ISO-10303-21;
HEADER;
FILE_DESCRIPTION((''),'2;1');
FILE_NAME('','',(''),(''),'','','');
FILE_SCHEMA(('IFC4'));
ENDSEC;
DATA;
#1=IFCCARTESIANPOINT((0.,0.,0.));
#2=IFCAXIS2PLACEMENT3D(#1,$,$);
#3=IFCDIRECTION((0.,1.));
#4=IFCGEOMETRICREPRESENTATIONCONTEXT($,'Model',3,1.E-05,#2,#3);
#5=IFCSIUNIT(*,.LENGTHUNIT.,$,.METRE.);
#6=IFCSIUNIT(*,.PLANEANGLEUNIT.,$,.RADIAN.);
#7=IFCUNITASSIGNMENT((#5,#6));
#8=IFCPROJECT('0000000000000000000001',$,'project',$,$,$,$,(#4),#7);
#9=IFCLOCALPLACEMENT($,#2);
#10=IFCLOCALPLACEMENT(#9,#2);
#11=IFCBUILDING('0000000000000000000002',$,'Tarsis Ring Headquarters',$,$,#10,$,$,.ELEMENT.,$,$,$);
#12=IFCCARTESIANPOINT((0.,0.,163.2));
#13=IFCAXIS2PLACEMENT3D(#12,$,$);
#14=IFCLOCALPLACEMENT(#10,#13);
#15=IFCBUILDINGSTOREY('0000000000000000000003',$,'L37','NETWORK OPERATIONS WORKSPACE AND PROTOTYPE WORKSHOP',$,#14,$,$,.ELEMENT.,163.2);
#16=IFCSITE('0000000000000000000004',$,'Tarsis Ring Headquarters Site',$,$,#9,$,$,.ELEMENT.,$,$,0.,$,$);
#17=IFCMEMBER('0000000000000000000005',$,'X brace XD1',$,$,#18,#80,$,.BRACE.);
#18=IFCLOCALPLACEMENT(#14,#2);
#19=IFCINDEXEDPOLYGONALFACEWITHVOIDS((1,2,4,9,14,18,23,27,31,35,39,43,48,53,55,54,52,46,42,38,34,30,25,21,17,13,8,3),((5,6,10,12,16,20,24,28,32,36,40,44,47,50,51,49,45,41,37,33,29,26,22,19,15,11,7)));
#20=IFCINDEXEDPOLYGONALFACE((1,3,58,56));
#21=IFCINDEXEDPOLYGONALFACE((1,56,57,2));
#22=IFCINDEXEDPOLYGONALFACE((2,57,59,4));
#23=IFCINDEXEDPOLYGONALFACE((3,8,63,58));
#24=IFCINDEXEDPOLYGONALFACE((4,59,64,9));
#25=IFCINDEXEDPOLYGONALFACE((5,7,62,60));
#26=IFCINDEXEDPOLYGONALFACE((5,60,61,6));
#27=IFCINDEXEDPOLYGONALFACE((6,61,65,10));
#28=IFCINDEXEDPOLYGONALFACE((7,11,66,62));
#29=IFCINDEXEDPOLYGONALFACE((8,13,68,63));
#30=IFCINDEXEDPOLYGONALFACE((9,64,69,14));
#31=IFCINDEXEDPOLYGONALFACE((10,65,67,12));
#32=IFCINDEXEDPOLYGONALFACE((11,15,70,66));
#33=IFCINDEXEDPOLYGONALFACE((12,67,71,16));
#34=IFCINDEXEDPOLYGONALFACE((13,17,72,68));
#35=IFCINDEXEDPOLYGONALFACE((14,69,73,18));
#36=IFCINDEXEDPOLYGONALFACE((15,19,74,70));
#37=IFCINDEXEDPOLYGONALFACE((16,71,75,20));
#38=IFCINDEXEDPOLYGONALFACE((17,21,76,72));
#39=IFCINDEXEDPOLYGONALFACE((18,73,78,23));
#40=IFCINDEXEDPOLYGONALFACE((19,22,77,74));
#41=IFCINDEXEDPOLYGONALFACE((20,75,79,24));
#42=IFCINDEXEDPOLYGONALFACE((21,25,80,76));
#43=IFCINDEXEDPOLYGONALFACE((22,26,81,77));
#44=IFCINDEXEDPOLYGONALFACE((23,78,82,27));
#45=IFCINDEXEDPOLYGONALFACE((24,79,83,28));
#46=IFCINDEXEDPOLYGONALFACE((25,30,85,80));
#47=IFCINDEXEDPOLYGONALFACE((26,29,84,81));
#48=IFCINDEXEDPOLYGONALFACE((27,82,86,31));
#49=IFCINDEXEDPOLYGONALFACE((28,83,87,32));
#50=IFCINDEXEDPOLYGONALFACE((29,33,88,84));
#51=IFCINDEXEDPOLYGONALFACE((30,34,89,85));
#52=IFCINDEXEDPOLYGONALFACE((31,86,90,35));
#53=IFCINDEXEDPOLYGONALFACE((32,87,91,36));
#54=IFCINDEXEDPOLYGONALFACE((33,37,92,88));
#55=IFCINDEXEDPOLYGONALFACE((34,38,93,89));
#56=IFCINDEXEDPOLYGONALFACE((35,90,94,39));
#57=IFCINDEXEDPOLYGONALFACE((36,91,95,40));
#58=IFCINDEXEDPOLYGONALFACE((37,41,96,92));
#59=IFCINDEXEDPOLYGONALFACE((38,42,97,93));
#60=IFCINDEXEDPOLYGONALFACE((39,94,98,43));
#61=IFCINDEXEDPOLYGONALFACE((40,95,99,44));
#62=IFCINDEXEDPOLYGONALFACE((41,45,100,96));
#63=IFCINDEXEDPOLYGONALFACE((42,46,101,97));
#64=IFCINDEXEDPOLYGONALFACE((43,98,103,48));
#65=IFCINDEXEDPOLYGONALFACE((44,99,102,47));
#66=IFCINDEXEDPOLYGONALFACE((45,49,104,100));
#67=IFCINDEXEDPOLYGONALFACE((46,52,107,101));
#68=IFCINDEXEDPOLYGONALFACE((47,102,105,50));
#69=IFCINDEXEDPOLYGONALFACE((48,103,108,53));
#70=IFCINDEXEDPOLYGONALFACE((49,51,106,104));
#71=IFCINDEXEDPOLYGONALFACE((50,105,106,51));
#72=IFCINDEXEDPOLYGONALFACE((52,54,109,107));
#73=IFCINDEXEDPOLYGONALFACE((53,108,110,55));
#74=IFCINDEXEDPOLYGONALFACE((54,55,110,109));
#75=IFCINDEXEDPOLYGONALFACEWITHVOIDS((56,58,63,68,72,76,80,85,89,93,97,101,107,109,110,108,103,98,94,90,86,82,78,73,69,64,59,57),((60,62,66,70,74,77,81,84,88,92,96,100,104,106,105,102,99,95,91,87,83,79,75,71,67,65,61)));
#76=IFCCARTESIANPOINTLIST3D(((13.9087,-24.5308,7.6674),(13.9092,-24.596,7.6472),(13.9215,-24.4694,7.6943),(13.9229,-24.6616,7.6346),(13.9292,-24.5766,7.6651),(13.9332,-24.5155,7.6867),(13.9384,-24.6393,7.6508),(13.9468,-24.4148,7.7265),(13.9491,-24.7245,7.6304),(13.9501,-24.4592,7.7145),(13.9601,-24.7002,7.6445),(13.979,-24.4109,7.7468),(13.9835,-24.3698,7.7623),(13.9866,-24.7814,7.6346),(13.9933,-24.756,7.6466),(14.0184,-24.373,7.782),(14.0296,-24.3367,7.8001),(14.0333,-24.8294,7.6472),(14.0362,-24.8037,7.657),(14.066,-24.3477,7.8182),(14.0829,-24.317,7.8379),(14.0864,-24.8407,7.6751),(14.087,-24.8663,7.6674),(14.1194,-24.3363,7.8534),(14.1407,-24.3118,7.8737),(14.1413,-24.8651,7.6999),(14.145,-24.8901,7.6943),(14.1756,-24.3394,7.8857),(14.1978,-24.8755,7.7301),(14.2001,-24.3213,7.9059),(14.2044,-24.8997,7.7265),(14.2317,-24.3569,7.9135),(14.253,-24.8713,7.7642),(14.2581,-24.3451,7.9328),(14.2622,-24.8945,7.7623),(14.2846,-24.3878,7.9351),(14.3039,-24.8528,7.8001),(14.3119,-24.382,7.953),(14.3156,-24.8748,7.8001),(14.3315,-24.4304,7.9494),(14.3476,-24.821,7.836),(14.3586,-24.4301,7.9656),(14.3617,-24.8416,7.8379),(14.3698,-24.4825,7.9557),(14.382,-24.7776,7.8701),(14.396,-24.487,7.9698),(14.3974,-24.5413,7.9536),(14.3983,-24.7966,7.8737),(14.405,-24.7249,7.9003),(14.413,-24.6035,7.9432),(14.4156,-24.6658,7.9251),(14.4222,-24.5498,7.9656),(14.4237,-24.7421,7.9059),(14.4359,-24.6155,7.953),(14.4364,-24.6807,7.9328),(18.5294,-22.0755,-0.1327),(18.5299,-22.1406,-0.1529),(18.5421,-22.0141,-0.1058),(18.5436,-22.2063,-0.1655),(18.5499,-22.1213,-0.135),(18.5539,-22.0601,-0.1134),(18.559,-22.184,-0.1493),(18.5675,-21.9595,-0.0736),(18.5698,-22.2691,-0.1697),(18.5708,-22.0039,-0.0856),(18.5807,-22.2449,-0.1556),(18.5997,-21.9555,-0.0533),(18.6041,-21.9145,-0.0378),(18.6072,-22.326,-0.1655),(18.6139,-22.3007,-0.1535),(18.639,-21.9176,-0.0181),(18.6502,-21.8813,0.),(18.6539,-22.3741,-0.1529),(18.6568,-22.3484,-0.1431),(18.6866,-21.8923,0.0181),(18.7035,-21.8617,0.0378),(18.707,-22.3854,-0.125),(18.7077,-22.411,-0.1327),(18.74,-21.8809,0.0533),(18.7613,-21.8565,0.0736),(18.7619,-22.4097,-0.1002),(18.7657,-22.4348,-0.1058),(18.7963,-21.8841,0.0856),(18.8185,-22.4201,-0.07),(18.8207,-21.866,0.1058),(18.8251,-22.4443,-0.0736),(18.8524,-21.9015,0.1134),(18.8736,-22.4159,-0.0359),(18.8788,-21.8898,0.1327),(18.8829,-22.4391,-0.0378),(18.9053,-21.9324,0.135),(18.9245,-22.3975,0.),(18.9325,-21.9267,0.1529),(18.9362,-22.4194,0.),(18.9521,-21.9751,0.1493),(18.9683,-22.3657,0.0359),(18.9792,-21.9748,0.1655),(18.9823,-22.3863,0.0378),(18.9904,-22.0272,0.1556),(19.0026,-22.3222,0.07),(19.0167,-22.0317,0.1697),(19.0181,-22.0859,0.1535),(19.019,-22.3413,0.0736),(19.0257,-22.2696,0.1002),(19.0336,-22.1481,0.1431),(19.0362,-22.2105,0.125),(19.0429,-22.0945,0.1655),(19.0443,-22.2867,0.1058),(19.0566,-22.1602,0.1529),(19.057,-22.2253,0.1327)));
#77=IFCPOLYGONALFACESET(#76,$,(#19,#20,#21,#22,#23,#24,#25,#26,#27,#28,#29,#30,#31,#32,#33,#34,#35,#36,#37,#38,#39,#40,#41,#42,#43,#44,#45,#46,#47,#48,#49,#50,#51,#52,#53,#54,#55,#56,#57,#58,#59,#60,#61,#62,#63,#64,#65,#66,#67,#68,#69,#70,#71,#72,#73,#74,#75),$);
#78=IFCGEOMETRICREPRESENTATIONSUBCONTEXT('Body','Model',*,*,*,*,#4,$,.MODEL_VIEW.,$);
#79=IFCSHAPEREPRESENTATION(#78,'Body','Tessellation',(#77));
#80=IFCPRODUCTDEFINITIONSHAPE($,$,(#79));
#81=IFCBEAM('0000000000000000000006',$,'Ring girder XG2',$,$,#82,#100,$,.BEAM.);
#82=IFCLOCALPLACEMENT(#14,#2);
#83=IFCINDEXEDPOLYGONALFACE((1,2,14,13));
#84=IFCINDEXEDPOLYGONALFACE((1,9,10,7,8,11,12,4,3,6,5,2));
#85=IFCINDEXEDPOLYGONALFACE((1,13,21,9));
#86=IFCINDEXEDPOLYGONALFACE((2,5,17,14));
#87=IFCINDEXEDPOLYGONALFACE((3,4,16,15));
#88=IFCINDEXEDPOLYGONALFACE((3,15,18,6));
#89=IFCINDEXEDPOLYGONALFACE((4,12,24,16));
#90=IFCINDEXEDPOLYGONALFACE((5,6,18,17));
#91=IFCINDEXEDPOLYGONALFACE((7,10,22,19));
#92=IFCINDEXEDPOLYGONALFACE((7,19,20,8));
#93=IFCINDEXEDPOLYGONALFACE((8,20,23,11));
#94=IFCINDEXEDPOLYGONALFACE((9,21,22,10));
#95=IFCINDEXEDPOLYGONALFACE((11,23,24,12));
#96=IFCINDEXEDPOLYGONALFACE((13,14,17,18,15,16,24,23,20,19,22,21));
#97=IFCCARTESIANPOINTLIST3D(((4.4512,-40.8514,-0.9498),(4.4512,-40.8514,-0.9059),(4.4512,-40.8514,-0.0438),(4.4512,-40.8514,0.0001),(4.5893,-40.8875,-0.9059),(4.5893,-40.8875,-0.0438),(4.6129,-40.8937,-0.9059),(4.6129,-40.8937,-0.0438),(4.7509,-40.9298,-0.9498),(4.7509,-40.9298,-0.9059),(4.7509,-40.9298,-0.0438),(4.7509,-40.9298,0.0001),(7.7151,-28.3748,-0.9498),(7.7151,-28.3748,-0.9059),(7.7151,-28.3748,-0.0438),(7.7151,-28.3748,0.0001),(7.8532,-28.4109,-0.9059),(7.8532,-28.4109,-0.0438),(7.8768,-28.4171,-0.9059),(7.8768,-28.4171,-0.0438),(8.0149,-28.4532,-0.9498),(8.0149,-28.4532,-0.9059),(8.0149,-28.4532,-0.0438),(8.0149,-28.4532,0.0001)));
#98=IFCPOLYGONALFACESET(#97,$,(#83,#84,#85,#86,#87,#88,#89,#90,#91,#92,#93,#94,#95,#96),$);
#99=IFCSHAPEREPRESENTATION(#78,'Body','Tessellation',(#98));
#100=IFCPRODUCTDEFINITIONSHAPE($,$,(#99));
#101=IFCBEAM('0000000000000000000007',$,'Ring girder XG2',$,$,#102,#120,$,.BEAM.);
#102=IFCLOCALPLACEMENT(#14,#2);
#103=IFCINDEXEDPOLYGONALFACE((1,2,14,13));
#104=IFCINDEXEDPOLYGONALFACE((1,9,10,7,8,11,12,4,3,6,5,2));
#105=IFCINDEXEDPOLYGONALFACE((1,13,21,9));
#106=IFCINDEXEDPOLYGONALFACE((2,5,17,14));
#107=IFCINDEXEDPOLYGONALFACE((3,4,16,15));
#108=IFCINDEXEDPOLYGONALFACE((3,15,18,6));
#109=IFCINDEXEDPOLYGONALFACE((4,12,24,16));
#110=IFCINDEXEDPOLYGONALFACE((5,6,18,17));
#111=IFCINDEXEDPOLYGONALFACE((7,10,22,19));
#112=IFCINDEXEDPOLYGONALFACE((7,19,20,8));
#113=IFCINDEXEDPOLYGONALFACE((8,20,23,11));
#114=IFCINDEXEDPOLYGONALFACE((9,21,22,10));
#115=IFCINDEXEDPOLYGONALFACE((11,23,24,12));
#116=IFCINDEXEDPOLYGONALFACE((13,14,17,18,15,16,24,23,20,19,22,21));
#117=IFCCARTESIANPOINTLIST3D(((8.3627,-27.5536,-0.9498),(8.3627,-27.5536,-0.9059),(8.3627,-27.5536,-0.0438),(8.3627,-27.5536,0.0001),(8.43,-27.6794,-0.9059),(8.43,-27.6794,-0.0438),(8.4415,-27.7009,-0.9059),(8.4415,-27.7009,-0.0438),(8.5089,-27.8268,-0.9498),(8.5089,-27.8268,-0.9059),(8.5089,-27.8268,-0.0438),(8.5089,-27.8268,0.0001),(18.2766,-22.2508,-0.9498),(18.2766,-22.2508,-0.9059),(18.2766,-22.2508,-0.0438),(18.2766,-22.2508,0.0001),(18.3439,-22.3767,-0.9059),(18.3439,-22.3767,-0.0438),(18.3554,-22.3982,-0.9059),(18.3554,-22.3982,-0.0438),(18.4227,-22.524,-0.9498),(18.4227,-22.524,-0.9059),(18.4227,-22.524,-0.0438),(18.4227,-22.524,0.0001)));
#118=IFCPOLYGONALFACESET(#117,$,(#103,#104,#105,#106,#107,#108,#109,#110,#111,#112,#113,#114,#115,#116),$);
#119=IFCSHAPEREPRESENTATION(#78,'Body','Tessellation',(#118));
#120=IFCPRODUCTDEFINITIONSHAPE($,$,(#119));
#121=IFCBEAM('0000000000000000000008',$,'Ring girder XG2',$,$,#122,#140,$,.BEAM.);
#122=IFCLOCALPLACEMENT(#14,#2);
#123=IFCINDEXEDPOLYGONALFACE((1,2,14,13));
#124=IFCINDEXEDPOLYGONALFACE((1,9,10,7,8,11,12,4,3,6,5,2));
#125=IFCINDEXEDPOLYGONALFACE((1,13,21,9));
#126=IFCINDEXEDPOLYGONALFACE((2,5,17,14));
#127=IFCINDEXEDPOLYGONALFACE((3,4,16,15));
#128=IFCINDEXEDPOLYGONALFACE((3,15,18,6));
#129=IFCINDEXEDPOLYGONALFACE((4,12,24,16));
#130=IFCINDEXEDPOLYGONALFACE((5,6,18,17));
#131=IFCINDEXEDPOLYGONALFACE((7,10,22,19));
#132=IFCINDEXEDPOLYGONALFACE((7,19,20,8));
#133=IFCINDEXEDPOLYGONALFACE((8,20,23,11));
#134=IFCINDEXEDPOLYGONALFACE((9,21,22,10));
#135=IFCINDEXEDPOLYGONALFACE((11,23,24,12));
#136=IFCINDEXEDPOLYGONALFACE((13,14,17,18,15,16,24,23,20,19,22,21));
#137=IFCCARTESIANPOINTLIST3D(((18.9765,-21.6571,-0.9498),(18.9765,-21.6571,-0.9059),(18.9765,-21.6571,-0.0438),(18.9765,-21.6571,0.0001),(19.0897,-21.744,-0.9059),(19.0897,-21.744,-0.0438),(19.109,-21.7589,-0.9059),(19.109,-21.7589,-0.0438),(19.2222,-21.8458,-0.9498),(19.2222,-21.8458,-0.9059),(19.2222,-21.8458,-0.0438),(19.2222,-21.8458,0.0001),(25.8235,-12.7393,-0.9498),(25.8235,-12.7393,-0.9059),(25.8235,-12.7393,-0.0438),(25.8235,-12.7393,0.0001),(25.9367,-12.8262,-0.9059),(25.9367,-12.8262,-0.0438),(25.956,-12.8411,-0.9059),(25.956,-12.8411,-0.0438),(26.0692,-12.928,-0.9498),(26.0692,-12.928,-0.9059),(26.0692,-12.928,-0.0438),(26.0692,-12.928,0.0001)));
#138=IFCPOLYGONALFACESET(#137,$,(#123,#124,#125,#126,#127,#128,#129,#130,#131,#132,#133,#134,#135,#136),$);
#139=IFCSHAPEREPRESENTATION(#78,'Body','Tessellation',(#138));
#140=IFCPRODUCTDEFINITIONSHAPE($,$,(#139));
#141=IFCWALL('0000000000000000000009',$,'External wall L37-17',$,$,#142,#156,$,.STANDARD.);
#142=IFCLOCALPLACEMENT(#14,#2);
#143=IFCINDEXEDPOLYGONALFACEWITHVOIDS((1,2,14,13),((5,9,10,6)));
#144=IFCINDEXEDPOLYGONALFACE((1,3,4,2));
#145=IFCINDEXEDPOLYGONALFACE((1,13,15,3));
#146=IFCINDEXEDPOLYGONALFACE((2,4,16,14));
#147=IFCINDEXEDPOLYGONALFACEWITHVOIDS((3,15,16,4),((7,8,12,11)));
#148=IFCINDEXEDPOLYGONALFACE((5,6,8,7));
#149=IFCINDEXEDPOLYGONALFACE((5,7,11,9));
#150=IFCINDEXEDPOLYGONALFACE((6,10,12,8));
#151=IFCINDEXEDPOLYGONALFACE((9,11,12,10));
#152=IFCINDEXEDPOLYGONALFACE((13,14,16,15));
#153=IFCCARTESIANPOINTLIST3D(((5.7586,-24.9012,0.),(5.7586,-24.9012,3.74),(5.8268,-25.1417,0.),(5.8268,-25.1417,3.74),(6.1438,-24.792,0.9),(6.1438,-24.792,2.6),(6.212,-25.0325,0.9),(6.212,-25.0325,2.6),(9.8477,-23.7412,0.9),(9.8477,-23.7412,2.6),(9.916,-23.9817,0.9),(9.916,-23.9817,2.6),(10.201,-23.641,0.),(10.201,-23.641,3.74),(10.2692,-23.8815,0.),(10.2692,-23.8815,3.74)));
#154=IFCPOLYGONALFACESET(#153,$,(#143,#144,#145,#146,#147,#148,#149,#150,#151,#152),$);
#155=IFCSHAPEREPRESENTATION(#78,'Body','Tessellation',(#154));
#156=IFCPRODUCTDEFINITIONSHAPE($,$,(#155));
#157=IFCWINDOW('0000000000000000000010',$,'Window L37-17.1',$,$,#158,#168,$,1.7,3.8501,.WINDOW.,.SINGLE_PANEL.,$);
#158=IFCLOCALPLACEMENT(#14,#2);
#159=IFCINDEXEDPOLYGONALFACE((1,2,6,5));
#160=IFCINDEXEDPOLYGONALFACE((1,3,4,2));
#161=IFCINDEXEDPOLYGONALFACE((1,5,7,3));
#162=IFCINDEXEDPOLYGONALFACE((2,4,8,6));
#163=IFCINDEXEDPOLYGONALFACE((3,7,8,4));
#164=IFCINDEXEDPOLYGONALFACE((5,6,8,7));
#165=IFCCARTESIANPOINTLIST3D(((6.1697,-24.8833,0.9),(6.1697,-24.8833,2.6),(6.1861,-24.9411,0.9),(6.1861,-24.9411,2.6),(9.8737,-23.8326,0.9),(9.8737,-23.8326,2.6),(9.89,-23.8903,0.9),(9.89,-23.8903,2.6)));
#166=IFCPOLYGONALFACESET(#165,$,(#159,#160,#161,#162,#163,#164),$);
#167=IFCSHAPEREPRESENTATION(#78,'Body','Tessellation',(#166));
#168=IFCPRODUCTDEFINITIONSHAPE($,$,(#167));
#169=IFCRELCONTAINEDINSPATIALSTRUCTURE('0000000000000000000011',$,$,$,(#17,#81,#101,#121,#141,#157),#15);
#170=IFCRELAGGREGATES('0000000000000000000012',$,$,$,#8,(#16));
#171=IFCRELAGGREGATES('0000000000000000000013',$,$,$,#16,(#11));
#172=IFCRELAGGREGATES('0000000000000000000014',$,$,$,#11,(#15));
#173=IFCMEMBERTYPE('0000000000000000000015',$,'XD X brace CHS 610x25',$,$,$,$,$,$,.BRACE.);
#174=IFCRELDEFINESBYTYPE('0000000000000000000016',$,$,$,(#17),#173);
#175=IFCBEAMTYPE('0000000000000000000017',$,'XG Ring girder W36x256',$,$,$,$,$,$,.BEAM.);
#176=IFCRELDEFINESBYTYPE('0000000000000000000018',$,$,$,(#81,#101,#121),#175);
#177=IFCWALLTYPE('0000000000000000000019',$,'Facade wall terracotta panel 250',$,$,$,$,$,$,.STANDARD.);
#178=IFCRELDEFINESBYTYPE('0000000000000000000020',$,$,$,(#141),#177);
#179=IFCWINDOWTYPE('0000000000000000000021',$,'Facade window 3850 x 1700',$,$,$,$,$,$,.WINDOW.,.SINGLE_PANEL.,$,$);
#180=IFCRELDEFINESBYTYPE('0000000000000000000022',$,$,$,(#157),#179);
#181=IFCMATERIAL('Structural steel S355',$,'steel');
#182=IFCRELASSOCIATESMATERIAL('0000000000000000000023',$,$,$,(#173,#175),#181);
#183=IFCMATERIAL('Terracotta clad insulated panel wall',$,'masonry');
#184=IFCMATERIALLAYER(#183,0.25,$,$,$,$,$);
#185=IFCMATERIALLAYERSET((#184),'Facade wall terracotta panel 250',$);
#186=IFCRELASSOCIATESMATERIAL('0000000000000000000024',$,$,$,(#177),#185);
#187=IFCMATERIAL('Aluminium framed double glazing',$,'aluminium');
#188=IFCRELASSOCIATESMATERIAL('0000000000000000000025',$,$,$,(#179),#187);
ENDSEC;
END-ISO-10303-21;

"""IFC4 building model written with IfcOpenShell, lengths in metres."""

from ifc_helpers import new_model, si_unit, direction, frame, frame_2d, origin, origin_2d, place, context, subcontext, project, spatial, rectangle, hollow_circle, i_section, extrude, material, layer, layer_set, material_profile, profile_set, type_object, element, fill, save


model = new_model("IFC4")

# Units and contexts
model_context = context("Model", 3, precision=1e-05, world=origin(), true_north=direction((0.0, 1.0)))
body_context = subcontext(model_context, "Body", "Model", "MODEL_VIEW")
ifc_project = project(units=[si_unit("LENGTHUNIT", "METRE"), si_unit("PLANEANGLEUNIT", "RADIAN")], contexts=[model_context])

# Site, building, storey
site_placement = place(None, origin())
site = spatial("IfcSite", under=ifc_project, at=site_placement, Name="Tarsis Ring Headquarters Site", CompositionType="ELEMENT", RefElevation=0.0)
building_placement = place(site_placement, origin())
building = spatial("IfcBuilding", under=site, at=building_placement, Name="Tarsis Ring Headquarters", CompositionType="ELEMENT")
storey_placement = place(building_placement, frame((0.0, 0.0, 163.2)))
storey = spatial("IfcBuildingStorey", under=building, at=storey_placement, Name="L37", Description="NETWORK OPERATIONS WORKSPACE AND PROTOTYPE WORKSHOP", CompositionType="ELEMENT", Elevation=163.2)

# Shared definitions
ifc_material_1 = material(Name="Structural steel S355", Category="steel")

# Member
ifc_material_profile_1 = material_profile(ifc_material_1, hollow_circle(Radius=0.3047, WallThickness=0.0249, at=origin_2d()), Name="CHS 610x25")
ifc_profile_set_1 = profile_set([ifc_material_profile_1], Name="Structural steel S355")
member_type = type_object("IfcMemberType", Name="XD X brace CHS 610x25", PredefinedType="BRACE", material=ifc_profile_set_1)
member_1_placement = place(storey_placement, frame((18.7932, -22.1504, 0.0), z_axis=(-0.491945, -0.261413, 0.830454), x_axis=(0.469248, -0.883066, 0.0)))
element("IfcMember", 1, at=member_1_placement, inside=storey, type_object=member_type, Name="X brace XD1", PredefinedType="BRACE", context=body_context, shape_type="SweptSolid", body=[
    extrude(hollow_circle(Radius=0.3047, WallThickness=0.0249, at=origin_2d()), origin(), (0.0, 0.0, 1.0), 9.3926),
])

# Beams
ifc_material_profile_2 = material_profile(ifc_material_1, i_section(OverallWidth=0.3098, OverallDepth=0.95, WebThickness=0.0244, FlangeThickness=0.0439, at=origin_2d()), Name="W36x256")
ifc_profile_set_2 = profile_set([ifc_material_profile_2], Name="Structural steel S355")
beam_type = type_object("IfcBeamType", Name="XG Ring girder W36x256", PredefinedType="BEAM", material=ifc_profile_set_2)
beam_1_placement = place(storey_placement, frame((4.6011, -40.8906, -0.4749), z_axis=(0.253087, 0.967444, 0.0), x_axis=(-0.967444, 0.253087, 0.0)))
element("IfcBeam", 2, at=beam_1_placement, inside=storey, type_object=beam_type, Name="Ring girder XG2", PredefinedType="BEAM", context=body_context, shape_type="SweptSolid", body=[
    extrude(i_section(OverallWidth=0.3098, OverallDepth=0.95, WebThickness=0.0244, FlangeThickness=0.0439, at=origin_2d()), origin(), (0.0, 0.0, 1.0), 12.8965),
])
beam_2_placement = place(storey_placement, frame((8.4358, -27.6902, -0.4749), z_axis=(0.881785, 0.471652, 0.0), x_axis=(-0.471652, 0.881785, 0.0)))
element("IfcBeam", 3, at=beam_2_placement, inside=storey, type_object=beam_type, Name="Ring girder XG2", PredefinedType="BEAM", context=body_context, shape_type="SweptSolid", body=[
    extrude(i_section(OverallWidth=0.3098, OverallDepth=0.95, WebThickness=0.0244, FlangeThickness=0.0439, at=origin_2d()), origin(), (0.0, 0.0, 1.0), 11.2429),
])
beam_3_placement = place(storey_placement, frame((19.0994, -21.7515, -0.4749), z_axis=(0.608992, 0.793177, 0.0), x_axis=(-0.793177, 0.608992, 0.0)))
element("IfcBeam", 4, at=beam_3_placement, inside=storey, type_object=beam_type, Name="Ring girder XG2", PredefinedType="BEAM", context=body_context, shape_type="SweptSolid", body=[
    extrude(i_section(OverallWidth=0.3098, OverallDepth=0.95, WebThickness=0.0244, FlangeThickness=0.0439, at=origin_2d()), origin(), (0.0, 0.0, 1.0), 11.2432),
])

# Wall, opening, window
ifc_material_2 = material(Name="Terracotta clad insulated panel wall", Category="masonry")
ifc_layer = layer(ifc_material_2, 0.25)
ifc_layer_set = layer_set([ifc_layer], Name="Facade wall terracotta panel 250")
wall_type = type_object("IfcWallType", Name="Facade wall terracotta panel 250", PredefinedType="STANDARD", material=ifc_layer_set)
wall_1_placement = place(storey_placement, frame((5.7927, -25.0215, 0.0), z_axis=(0.0, 0.0, 1.0), x_axis=(0.962037, 0.272919, 0.0)))
wall_1 = element("IfcWall", 5, at=wall_1_placement, inside=storey, type_object=wall_type, Name="External wall L37-17", PredefinedType="STANDARD", context=body_context, shape_type="SweptSolid", body=[
    extrude(rectangle(XDim=4.6177, YDim=0.25, at=frame_2d((2.3088, 0.0))), origin(), (0.0, 0.0, 1.0), 3.74),
])
opening_1_placement = place(wall_1_placement, frame((0.4004, 0.0, 0.8999)))
opening_1 = element("IfcOpeningElement", 6, at=opening_1_placement, cuts=wall_1, PredefinedType="OPENING", context=body_context, shape_type="SweptSolid", body=[
    extrude(rectangle(XDim=3.8501, YDim=1.7, at=frame_2d((1.925, 0.8501))), frame((0.0, 0.135, 0.0), z_axis=(0.0, -1.0, 0.0), x_axis=(1.0, 0.0, 0.0)), (0.0, 0.0, 1.0), 0.27),
])
ifc_material_3 = material(Name="Aluminium framed double glazing", Category="aluminium")
window_type_1 = type_object("IfcWindowType", Name="Facade window 3850 x 1700", PartitioningType="SINGLE_PANEL", PredefinedType="WINDOW", material=ifc_material_3)
window_1_placement = place(opening_1_placement, origin())
window_1 = element("IfcWindow", 7, at=window_1_placement, inside=storey, type_object=window_type_1, Name="Window L37-17.1", OverallHeight=1.7, OverallWidth=3.8501, PartitioningType="SINGLE_PANEL", PredefinedType="WINDOW", context=body_context, shape_type="SweptSolid", body=[
    extrude(rectangle(XDim=3.8501, YDim=1.7, at=frame_2d((1.925, 0.8501))), frame((0.0, 0.03, 0.0), z_axis=(0.0, -1.0, 0.0), x_axis=(1.0, 0.0, 0.0)), (0.0, 0.0, 1.0), 0.0601),
])
fill(opening_1, window_1)

save(model, "model.ifc")
